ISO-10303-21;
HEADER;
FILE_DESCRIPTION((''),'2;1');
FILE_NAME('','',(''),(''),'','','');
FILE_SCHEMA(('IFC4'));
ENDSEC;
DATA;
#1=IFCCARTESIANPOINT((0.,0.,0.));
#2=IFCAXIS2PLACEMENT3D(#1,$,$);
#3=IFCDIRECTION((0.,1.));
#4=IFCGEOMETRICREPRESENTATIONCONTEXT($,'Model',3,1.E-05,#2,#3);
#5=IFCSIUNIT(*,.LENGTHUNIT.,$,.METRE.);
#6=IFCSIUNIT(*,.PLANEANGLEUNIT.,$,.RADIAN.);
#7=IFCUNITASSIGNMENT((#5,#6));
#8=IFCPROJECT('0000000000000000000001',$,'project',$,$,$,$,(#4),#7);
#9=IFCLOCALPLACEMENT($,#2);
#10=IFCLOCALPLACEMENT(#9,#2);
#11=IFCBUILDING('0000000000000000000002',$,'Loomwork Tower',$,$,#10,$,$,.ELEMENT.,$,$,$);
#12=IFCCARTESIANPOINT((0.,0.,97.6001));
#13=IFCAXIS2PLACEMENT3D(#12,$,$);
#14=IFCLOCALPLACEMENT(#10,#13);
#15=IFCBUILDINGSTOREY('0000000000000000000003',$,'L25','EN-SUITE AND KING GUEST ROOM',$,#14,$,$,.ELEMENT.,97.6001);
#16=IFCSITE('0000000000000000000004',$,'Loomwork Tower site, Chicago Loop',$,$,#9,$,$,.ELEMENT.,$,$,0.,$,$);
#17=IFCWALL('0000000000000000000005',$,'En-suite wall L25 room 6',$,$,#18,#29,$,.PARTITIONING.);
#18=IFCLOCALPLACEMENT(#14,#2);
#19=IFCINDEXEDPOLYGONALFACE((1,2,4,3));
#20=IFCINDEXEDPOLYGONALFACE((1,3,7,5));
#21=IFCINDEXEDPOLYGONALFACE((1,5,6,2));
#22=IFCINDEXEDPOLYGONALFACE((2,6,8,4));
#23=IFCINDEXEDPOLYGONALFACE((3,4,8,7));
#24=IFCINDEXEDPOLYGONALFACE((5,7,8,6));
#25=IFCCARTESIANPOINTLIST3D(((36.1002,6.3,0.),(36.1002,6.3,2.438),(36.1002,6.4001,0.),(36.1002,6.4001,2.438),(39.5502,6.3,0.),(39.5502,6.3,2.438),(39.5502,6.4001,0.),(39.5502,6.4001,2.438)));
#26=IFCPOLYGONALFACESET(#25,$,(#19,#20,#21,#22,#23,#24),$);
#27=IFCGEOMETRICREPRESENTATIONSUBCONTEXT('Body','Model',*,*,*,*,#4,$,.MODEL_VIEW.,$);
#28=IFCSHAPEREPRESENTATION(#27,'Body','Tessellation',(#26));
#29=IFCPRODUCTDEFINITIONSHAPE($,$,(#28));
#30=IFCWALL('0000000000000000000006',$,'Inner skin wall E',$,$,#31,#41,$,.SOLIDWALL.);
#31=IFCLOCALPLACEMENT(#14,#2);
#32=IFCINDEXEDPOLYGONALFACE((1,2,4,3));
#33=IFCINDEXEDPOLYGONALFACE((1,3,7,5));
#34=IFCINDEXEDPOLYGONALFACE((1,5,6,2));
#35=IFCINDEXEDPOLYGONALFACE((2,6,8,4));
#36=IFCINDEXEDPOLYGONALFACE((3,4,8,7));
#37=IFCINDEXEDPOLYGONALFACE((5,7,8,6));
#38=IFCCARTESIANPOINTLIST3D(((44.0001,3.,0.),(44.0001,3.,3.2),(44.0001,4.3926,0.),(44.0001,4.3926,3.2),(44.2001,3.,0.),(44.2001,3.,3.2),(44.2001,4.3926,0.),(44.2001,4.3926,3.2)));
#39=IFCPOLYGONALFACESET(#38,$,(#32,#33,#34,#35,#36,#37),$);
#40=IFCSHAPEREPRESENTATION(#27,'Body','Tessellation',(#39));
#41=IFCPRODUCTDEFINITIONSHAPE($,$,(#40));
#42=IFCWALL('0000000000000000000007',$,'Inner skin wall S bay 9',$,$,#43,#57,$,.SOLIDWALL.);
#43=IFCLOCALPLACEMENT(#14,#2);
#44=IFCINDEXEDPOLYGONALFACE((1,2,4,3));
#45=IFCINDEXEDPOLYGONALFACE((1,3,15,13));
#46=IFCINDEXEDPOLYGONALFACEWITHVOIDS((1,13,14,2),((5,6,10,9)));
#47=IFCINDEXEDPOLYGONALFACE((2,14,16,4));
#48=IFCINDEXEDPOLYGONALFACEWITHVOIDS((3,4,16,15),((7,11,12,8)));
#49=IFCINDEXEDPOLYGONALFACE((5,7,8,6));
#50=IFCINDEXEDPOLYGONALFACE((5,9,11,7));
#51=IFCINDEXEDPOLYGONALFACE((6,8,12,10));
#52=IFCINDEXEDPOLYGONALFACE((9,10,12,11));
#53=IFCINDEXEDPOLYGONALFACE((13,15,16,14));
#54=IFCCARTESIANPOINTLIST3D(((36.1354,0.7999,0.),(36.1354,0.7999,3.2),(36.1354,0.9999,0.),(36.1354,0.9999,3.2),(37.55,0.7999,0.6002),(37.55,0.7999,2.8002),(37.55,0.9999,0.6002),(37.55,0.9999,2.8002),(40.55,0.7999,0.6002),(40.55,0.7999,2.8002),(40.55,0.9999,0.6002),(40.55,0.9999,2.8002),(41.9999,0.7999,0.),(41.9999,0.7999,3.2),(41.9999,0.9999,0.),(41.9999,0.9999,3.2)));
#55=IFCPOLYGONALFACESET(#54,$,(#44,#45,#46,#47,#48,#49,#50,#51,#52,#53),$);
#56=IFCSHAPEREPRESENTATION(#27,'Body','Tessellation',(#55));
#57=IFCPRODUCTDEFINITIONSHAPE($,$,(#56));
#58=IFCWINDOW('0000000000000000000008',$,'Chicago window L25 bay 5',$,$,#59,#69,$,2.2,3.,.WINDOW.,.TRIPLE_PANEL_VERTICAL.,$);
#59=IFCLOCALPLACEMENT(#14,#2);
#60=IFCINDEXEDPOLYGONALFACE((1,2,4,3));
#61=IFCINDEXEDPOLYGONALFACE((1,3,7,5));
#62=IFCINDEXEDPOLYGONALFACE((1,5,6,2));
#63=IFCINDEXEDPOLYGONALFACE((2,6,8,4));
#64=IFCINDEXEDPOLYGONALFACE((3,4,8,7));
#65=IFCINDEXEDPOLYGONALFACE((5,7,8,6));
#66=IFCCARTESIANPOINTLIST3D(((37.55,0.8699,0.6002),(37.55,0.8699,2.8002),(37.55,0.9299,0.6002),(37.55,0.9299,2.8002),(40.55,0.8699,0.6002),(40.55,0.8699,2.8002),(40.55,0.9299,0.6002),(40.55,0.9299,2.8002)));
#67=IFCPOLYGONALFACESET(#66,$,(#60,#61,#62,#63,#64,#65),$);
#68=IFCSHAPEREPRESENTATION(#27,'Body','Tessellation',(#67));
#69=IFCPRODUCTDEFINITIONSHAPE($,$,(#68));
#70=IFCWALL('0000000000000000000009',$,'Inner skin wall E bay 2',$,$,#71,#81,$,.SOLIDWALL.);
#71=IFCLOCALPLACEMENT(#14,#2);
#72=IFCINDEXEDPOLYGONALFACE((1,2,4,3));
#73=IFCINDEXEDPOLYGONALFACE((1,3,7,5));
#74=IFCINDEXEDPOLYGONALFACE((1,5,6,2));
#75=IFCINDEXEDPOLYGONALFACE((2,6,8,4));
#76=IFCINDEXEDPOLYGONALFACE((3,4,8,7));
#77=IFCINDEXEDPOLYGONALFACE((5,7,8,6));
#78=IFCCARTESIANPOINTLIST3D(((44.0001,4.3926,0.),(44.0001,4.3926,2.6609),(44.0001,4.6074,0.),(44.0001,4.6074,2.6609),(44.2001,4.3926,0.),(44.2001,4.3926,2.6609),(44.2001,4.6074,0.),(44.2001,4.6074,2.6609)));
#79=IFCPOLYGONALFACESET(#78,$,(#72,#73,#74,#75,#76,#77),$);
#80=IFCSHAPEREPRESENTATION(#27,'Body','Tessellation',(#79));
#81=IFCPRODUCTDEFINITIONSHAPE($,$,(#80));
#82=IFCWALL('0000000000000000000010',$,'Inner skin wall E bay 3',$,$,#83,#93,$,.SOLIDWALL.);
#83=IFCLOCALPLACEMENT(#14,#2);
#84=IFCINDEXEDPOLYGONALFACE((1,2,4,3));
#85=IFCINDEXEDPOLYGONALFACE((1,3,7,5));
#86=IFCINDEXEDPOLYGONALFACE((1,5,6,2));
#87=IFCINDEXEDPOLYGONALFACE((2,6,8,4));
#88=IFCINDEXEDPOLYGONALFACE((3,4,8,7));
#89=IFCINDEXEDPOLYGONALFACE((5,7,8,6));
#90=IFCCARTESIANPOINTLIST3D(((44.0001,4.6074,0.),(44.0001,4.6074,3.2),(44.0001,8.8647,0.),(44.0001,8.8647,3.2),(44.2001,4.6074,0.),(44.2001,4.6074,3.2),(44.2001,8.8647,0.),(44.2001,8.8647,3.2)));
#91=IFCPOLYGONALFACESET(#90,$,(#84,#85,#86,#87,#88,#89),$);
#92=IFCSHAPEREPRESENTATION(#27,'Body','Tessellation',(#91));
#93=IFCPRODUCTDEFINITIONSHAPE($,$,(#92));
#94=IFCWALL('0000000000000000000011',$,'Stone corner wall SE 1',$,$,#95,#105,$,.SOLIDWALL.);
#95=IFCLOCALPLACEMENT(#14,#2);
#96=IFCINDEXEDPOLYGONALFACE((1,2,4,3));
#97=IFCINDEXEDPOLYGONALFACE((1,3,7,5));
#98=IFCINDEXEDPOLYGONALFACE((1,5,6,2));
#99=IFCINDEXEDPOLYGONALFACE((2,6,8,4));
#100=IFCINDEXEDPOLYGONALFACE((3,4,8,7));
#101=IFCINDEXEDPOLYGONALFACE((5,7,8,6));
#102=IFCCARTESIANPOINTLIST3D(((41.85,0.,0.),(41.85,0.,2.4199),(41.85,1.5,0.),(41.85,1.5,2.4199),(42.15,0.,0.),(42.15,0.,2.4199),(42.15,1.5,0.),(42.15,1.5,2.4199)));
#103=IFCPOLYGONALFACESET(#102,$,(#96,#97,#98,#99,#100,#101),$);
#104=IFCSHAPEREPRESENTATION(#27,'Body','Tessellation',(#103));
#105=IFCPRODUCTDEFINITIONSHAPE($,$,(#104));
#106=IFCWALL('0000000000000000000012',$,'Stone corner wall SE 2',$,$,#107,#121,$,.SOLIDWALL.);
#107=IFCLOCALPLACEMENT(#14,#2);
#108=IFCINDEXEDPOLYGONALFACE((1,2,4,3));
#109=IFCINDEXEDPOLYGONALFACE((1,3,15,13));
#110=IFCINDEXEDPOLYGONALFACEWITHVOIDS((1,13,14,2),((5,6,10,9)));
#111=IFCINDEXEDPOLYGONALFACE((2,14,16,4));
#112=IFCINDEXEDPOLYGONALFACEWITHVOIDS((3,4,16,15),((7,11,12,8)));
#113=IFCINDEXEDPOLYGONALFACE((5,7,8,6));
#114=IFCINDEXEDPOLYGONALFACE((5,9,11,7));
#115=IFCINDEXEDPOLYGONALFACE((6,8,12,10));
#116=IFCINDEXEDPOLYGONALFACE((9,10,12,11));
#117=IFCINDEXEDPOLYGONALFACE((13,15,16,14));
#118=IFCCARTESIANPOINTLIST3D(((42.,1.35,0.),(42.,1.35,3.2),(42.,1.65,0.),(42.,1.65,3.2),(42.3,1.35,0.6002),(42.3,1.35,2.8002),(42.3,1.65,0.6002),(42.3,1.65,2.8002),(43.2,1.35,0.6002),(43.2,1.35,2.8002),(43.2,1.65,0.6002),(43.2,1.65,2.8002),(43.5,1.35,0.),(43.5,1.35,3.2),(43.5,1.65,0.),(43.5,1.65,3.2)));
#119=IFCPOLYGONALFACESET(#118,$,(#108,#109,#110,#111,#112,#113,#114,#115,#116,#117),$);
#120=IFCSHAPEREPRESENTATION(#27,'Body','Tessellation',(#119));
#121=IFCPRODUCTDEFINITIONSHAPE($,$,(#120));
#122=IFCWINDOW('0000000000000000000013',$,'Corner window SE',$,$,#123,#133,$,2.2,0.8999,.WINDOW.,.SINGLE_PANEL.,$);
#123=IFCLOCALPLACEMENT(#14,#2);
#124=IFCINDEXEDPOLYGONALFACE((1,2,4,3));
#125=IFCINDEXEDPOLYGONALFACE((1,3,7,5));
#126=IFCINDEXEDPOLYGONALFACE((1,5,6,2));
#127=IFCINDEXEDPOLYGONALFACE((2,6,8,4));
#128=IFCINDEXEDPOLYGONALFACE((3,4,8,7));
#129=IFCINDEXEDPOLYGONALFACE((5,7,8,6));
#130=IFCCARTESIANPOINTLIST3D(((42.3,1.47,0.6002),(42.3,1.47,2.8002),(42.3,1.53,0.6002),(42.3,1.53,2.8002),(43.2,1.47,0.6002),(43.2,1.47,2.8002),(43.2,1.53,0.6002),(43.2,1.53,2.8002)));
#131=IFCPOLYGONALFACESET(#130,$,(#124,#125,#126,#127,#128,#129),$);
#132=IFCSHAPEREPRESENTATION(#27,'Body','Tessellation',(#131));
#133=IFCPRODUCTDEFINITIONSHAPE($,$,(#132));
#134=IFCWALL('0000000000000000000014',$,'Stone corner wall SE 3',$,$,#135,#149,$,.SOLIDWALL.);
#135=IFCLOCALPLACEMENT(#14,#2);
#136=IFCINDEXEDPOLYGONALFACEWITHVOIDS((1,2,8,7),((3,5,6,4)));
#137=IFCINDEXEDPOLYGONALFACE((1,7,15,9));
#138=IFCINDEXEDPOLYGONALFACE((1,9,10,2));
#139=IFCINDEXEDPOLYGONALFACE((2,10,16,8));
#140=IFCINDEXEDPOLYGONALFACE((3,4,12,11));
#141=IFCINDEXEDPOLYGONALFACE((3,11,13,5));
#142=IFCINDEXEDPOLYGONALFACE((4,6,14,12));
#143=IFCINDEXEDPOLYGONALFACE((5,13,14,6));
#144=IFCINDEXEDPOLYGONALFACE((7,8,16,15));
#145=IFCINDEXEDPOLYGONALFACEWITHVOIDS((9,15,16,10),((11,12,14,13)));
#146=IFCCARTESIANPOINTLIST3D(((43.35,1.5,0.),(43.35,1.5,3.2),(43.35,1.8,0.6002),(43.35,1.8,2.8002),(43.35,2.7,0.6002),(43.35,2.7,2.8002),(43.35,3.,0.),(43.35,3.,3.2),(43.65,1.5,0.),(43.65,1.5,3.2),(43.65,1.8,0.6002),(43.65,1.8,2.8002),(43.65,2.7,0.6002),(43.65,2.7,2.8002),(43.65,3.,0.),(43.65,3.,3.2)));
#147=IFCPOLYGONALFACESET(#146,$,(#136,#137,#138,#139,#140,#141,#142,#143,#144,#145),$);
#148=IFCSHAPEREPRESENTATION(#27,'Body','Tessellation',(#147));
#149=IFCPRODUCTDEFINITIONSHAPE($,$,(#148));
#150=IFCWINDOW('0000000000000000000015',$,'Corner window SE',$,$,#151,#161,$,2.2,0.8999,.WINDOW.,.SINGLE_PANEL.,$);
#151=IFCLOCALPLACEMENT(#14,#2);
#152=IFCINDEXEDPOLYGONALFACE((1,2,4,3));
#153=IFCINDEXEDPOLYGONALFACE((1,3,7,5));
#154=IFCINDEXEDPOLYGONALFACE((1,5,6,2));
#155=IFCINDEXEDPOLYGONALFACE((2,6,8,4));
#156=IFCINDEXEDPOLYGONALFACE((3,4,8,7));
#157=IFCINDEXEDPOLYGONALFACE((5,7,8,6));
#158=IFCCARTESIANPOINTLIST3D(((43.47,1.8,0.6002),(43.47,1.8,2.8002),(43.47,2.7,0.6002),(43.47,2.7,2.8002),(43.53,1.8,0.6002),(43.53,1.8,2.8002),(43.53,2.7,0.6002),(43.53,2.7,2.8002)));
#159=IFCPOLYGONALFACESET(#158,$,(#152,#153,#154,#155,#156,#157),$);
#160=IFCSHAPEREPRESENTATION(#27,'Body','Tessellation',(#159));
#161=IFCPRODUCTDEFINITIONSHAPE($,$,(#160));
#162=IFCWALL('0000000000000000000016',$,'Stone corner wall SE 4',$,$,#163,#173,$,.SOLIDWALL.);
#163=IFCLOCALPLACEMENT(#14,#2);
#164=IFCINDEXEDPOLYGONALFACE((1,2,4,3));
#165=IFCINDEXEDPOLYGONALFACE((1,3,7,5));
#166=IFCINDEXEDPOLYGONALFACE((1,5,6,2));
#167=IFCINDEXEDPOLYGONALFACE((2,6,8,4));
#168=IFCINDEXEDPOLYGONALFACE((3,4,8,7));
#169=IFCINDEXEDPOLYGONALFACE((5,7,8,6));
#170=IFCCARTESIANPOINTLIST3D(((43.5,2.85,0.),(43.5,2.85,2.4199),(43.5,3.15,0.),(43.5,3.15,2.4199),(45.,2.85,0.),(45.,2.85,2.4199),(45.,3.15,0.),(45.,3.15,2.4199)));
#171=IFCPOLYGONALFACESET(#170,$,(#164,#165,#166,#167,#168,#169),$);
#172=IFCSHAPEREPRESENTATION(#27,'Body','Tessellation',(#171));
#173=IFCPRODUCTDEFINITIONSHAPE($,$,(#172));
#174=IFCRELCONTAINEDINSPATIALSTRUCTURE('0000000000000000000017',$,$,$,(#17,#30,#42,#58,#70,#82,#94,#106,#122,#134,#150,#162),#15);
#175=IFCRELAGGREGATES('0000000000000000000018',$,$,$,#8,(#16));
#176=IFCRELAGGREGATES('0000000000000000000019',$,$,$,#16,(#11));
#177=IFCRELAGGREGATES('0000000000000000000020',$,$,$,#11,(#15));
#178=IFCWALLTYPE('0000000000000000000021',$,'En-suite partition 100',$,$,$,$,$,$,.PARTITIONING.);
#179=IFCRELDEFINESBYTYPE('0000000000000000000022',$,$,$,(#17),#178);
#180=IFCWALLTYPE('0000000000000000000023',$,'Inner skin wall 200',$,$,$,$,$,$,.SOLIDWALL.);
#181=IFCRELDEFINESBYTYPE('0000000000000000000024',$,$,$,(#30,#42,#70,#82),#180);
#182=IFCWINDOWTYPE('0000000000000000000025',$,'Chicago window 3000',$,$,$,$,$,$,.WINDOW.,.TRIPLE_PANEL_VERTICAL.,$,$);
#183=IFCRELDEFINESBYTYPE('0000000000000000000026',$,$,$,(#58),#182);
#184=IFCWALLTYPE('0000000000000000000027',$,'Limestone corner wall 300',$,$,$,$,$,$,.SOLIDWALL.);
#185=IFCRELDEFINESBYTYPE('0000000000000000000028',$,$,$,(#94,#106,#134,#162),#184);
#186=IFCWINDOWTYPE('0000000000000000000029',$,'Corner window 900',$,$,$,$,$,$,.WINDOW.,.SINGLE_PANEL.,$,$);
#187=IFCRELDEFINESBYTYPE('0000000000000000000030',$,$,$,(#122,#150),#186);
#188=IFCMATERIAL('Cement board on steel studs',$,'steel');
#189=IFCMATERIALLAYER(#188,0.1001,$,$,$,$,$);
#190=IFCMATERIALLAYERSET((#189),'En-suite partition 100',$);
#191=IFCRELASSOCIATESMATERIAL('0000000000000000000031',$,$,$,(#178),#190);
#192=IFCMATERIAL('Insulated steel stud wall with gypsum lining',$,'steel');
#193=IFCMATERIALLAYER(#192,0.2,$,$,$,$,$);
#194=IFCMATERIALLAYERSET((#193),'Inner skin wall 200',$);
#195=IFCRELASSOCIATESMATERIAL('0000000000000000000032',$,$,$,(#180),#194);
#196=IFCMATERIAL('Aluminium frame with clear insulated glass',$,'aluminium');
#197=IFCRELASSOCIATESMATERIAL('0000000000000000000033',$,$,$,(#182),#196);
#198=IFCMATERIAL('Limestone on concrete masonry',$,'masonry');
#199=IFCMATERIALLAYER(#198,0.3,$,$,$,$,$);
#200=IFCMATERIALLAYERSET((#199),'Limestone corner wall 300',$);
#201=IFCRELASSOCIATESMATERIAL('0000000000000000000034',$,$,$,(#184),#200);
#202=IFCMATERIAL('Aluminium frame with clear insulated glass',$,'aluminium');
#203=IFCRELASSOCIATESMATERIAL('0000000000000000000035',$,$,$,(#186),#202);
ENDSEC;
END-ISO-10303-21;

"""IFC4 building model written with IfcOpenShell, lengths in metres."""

from ifc_helpers import new_model, si_unit, direction, frame, frame_2d, origin, place, context, subcontext, project, spatial, rectangle, extrude, material, layer, layer_set, type_object, element, fill, save


model = new_model("IFC4")

# Units and contexts
model_context = context("Model", 3, precision=1e-05, world=origin(), true_north=direction((0.0, 1.0)))
body_context = subcontext(model_context, "Body", "Model", "MODEL_VIEW")
ifc_project = project(units=[si_unit("LENGTHUNIT", "METRE"), si_unit("PLANEANGLEUNIT", "RADIAN")], contexts=[model_context])

# Site, building, storey
site_placement = place(None, origin())
site = spatial("IfcSite", under=ifc_project, at=site_placement, Name="Loomwork Tower site, Chicago Loop", CompositionType="ELEMENT", RefElevation=0.0)
building_placement = place(site_placement, origin())
building = spatial("IfcBuilding", under=site, at=building_placement, Name="Loomwork Tower", CompositionType="ELEMENT")
storey_placement = place(building_placement, frame((0.0, 0.0, 97.6001)))
storey = spatial("IfcBuildingStorey", under=building, at=storey_placement, Name="L25", Description="EN-SUITE AND KING GUEST ROOM", CompositionType="ELEMENT", Elevation=97.6001)

# Walls
ifc_material_1 = material(Name="Cement board on steel studs", Category="steel")
ifc_layer_1 = layer(ifc_material_1, 0.1001)
ifc_layer_set_1 = layer_set([ifc_layer_1], Name="En-suite partition 100")
wall_type_1 = type_object("IfcWallType", Name="En-suite partition 100", PredefinedType="PARTITIONING", material=ifc_layer_set_1)
wall_1_placement = place(storey_placement, frame((36.1001, 6.3501, 0.0), z_axis=(0.0, 0.0, 1.0), x_axis=(1.0, 0.0, 0.0)))
element("IfcWall", 1, at=wall_1_placement, inside=storey, type_object=wall_type_1, Name="En-suite wall L25 room 6", PredefinedType="PARTITIONING", context=body_context, shape_type="SweptSolid", body=[
    extrude(rectangle(XDim=3.45, YDim=0.1001, at=frame_2d((1.7251, 0.0))), origin(), (0.0, 0.0, 1.0), 2.438),
])
ifc_material_2 = material(Name="Insulated steel stud wall with gypsum lining", Category="steel")
ifc_layer_2 = layer(ifc_material_2, 0.2)
ifc_layer_set_2 = layer_set([ifc_layer_2], Name="Inner skin wall 200")
wall_type_2 = type_object("IfcWallType", Name="Inner skin wall 200", PredefinedType="SOLIDWALL", material=ifc_layer_set_2)
wall_2_placement = place(storey_placement, frame((44.1001, 3.0, 0.0), z_axis=(0.0, 0.0, 1.0), x_axis=(0.0, 1.0, 0.0)))
element("IfcWall", 2, at=wall_2_placement, inside=storey, type_object=wall_type_2, Name="Inner skin wall E", PredefinedType="SOLIDWALL", context=body_context, shape_type="SweptSolid", body=[
    extrude(rectangle(XDim=1.3926, YDim=0.2, at=frame_2d((0.6963, 0.0))), origin(), (0.0, 0.0, 1.0), 3.2),
])

# Wall, opening, window
wall_3_placement = place(storey_placement, frame((36.1355, 0.8999, 0.0), z_axis=(0.0, 0.0, 1.0), x_axis=(1.0, 0.0, 0.0)))
wall_3 = element("IfcWall", 3, at=wall_3_placement, inside=storey, type_object=wall_type_2, Name="Inner skin wall S bay 9", PredefinedType="SOLIDWALL", context=body_context, shape_type="SweptSolid", body=[
    extrude(rectangle(XDim=5.8645, YDim=0.2, at=frame_2d((2.9321, 0.0))), origin(), (0.0, 0.0, 1.0), 3.2),
])
opening_1_placement = place(wall_3_placement, frame((1.4146, 0.0, 0.6001)))
opening_1 = element("IfcOpeningElement", 4, at=opening_1_placement, cuts=wall_3, PredefinedType="OPENING", context=body_context, shape_type="SweptSolid", body=[
    extrude(rectangle(XDim=3.0, YDim=2.2, at=frame_2d((1.5, 1.1001))), frame((0.0, 0.1099, 0.0), z_axis=(0.0, -1.0, 0.0), x_axis=(1.0, 0.0, 0.0)), (0.0, 0.0, 1.0), 0.22),
])
ifc_material_3 = material(Name="Aluminium frame with clear insulated glass", Category="aluminium")
window_type_1 = type_object("IfcWindowType", Name="Chicago window 3000", PartitioningType="TRIPLE_PANEL_VERTICAL", PredefinedType="WINDOW", material=ifc_material_3)
window_1_placement = place(opening_1_placement, origin())
window_1 = element("IfcWindow", 5, at=window_1_placement, inside=storey, type_object=window_type_1, Name="Chicago window L25 bay 5", OverallHeight=2.2, OverallWidth=3.0, PartitioningType="TRIPLE_PANEL_VERTICAL", PredefinedType="WINDOW", context=body_context, shape_type="SweptSolid", body=[
    extrude(rectangle(XDim=3.0, YDim=2.2, at=frame_2d((1.5, 1.1001))), frame((0.0, 0.03, 0.0), z_axis=(0.0, -1.0, 0.0), x_axis=(1.0, 0.0, 0.0)), (0.0, 0.0, 1.0), 0.0601),
])
fill(opening_1, window_1)

# Walls
wall_4_placement = place(storey_placement, frame((44.1001, 4.3926, 0.0), z_axis=(0.0, 0.0, 1.0), x_axis=(0.0, 1.0, 0.0)))
element("IfcWall", 6, at=wall_4_placement, inside=storey, type_object=wall_type_2, Name="Inner skin wall E bay 2", PredefinedType="SOLIDWALL", context=body_context, shape_type="SweptSolid", body=[
    extrude(rectangle(XDim=0.2148, YDim=0.2, at=frame_2d((0.1074, 0.0))), origin(), (0.0, 0.0, 1.0), 2.6609),
])
wall_5_placement = place(storey_placement, frame((44.1001, 4.6074, 0.0), z_axis=(0.0, 0.0, 1.0), x_axis=(0.0, 1.0, 0.0)))
element("IfcWall", 7, at=wall_5_placement, inside=storey, type_object=wall_type_2, Name="Inner skin wall E bay 3", PredefinedType="SOLIDWALL", context=body_context, shape_type="SweptSolid", body=[
    extrude(rectangle(XDim=4.2573, YDim=0.2, at=frame_2d((2.1287, 0.0))), origin(), (0.0, 0.0, 1.0), 3.2),
])
ifc_material_4 = material(Name="Limestone on concrete masonry", Category="masonry")
ifc_layer_3 = layer(ifc_material_4, 0.3)
ifc_layer_set_3 = layer_set([ifc_layer_3], Name="Limestone corner wall 300")
wall_type_3 = type_object("IfcWallType", Name="Limestone corner wall 300", PredefinedType="SOLIDWALL", material=ifc_layer_set_3)
wall_6_placement = place(storey_placement, frame((42.0, 0.0, 0.0), z_axis=(0.0, 0.0, 1.0), x_axis=(0.0, 1.0, 0.0)))
element("IfcWall", 8, at=wall_6_placement, inside=storey, type_object=wall_type_3, Name="Stone corner wall SE 1", PredefinedType="SOLIDWALL", context=body_context, shape_type="SweptSolid", body=[
    extrude(rectangle(XDim=1.5, YDim=0.3, at=frame_2d((0.75, 0.0))), origin(), (0.0, 0.0, 1.0), 2.4199),
])

# Walls, openings, windows
wall_7_placement = place(storey_placement, frame((42.0, 1.5, 0.0), z_axis=(0.0, 0.0, 1.0), x_axis=(1.0, 0.0, 0.0)))
wall_7 = element("IfcWall", 9, at=wall_7_placement, inside=storey, type_object=wall_type_3, Name="Stone corner wall SE 2", PredefinedType="SOLIDWALL", context=body_context, shape_type="SweptSolid", body=[
    extrude(rectangle(XDim=1.5, YDim=0.3, at=frame_2d((0.75, 0.0))), origin(), (0.0, 0.0, 1.0), 3.2),
])
opening_2_placement = place(wall_7_placement, frame((0.3, 0.0, 0.6001)))
opening_2 = element("IfcOpeningElement", 10, at=opening_2_placement, cuts=wall_7, PredefinedType="OPENING", context=body_context, shape_type="SweptSolid", body=[
    extrude(rectangle(XDim=0.8999, YDim=2.2, at=frame_2d((0.45, 1.1001))), frame((0.0, 0.1599, 0.0), z_axis=(0.0, -1.0, 0.0), x_axis=(1.0, 0.0, 0.0)), (0.0, 0.0, 1.0), 0.3201),
])
ifc_material_5 = material(Name="Aluminium frame with clear insulated glass", Category="aluminium")
window_type_2 = type_object("IfcWindowType", Name="Corner window 900", PartitioningType="SINGLE_PANEL", PredefinedType="WINDOW", material=ifc_material_5)
window_2_placement = place(opening_2_placement, origin())
window_2 = element("IfcWindow", 11, at=window_2_placement, inside=storey, type_object=window_type_2, Name="Corner window SE", OverallHeight=2.2, OverallWidth=0.8999, PartitioningType="SINGLE_PANEL", PredefinedType="WINDOW", context=body_context, shape_type="SweptSolid", body=[
    extrude(rectangle(XDim=0.8999, YDim=2.2, at=frame_2d((0.45, 1.1001))), frame((0.0, 0.03, 0.0), z_axis=(0.0, -1.0, 0.0), x_axis=(1.0, 0.0, 0.0)), (0.0, 0.0, 1.0), 0.0601),
])
fill(opening_2, window_2)
wall_8_placement = place(storey_placement, frame((43.5, 1.5, 0.0), z_axis=(0.0, 0.0, 1.0), x_axis=(0.0, 1.0, 0.0)))
wall_8 = element("IfcWall", 12, at=wall_8_placement, inside=storey, type_object=wall_type_3, Name="Stone corner wall SE 3", PredefinedType="SOLIDWALL", context=body_context, shape_type="SweptSolid", body=[
    extrude(rectangle(XDim=1.5, YDim=0.3, at=frame_2d((0.75, 0.0))), origin(), (0.0, 0.0, 1.0), 3.2),
])
opening_3_placement = place(wall_8_placement, frame((0.3, 0.0, 0.6001)))
opening_3 = element("IfcOpeningElement", 13, at=opening_3_placement, cuts=wall_8, PredefinedType="OPENING", context=body_context, shape_type="SweptSolid", body=[
    extrude(rectangle(XDim=0.8999, YDim=2.2, at=frame_2d((0.45, 1.1001))), frame((0.0, 0.1599, 0.0), z_axis=(0.0, -1.0, 0.0), x_axis=(1.0, 0.0, 0.0)), (0.0, 0.0, 1.0), 0.3201),
])
window_3_placement = place(opening_3_placement, origin())
window_3 = element("IfcWindow", 14, at=window_3_placement, inside=storey, type_object=window_type_2, Name="Corner window SE", OverallHeight=2.2, OverallWidth=0.8999, PartitioningType="SINGLE_PANEL", PredefinedType="WINDOW", context=body_context, shape_type="SweptSolid", body=[
    extrude(rectangle(XDim=0.8999, YDim=2.2, at=frame_2d((0.45, 1.1001))), frame((0.0, 0.03, 0.0), z_axis=(0.0, -1.0, 0.0), x_axis=(1.0, 0.0, 0.0)), (0.0, 0.0, 1.0), 0.0601),
])
fill(opening_3, window_3)

# Wall
wall_9_placement = place(storey_placement, frame((43.5, 3.0, 0.0), z_axis=(0.0, 0.0, 1.0), x_axis=(1.0, 0.0, 0.0)))
element("IfcWall", 15, at=wall_9_placement, inside=storey, type_object=wall_type_3, Name="Stone corner wall SE 4", PredefinedType="SOLIDWALL", context=body_context, shape_type="SweptSolid", body=[
    extrude(rectangle(XDim=1.5, YDim=0.3, at=frame_2d((0.75, 0.0))), origin(), (0.0, 0.0, 1.0), 2.4199),
])

save(model, "model.ifc")
